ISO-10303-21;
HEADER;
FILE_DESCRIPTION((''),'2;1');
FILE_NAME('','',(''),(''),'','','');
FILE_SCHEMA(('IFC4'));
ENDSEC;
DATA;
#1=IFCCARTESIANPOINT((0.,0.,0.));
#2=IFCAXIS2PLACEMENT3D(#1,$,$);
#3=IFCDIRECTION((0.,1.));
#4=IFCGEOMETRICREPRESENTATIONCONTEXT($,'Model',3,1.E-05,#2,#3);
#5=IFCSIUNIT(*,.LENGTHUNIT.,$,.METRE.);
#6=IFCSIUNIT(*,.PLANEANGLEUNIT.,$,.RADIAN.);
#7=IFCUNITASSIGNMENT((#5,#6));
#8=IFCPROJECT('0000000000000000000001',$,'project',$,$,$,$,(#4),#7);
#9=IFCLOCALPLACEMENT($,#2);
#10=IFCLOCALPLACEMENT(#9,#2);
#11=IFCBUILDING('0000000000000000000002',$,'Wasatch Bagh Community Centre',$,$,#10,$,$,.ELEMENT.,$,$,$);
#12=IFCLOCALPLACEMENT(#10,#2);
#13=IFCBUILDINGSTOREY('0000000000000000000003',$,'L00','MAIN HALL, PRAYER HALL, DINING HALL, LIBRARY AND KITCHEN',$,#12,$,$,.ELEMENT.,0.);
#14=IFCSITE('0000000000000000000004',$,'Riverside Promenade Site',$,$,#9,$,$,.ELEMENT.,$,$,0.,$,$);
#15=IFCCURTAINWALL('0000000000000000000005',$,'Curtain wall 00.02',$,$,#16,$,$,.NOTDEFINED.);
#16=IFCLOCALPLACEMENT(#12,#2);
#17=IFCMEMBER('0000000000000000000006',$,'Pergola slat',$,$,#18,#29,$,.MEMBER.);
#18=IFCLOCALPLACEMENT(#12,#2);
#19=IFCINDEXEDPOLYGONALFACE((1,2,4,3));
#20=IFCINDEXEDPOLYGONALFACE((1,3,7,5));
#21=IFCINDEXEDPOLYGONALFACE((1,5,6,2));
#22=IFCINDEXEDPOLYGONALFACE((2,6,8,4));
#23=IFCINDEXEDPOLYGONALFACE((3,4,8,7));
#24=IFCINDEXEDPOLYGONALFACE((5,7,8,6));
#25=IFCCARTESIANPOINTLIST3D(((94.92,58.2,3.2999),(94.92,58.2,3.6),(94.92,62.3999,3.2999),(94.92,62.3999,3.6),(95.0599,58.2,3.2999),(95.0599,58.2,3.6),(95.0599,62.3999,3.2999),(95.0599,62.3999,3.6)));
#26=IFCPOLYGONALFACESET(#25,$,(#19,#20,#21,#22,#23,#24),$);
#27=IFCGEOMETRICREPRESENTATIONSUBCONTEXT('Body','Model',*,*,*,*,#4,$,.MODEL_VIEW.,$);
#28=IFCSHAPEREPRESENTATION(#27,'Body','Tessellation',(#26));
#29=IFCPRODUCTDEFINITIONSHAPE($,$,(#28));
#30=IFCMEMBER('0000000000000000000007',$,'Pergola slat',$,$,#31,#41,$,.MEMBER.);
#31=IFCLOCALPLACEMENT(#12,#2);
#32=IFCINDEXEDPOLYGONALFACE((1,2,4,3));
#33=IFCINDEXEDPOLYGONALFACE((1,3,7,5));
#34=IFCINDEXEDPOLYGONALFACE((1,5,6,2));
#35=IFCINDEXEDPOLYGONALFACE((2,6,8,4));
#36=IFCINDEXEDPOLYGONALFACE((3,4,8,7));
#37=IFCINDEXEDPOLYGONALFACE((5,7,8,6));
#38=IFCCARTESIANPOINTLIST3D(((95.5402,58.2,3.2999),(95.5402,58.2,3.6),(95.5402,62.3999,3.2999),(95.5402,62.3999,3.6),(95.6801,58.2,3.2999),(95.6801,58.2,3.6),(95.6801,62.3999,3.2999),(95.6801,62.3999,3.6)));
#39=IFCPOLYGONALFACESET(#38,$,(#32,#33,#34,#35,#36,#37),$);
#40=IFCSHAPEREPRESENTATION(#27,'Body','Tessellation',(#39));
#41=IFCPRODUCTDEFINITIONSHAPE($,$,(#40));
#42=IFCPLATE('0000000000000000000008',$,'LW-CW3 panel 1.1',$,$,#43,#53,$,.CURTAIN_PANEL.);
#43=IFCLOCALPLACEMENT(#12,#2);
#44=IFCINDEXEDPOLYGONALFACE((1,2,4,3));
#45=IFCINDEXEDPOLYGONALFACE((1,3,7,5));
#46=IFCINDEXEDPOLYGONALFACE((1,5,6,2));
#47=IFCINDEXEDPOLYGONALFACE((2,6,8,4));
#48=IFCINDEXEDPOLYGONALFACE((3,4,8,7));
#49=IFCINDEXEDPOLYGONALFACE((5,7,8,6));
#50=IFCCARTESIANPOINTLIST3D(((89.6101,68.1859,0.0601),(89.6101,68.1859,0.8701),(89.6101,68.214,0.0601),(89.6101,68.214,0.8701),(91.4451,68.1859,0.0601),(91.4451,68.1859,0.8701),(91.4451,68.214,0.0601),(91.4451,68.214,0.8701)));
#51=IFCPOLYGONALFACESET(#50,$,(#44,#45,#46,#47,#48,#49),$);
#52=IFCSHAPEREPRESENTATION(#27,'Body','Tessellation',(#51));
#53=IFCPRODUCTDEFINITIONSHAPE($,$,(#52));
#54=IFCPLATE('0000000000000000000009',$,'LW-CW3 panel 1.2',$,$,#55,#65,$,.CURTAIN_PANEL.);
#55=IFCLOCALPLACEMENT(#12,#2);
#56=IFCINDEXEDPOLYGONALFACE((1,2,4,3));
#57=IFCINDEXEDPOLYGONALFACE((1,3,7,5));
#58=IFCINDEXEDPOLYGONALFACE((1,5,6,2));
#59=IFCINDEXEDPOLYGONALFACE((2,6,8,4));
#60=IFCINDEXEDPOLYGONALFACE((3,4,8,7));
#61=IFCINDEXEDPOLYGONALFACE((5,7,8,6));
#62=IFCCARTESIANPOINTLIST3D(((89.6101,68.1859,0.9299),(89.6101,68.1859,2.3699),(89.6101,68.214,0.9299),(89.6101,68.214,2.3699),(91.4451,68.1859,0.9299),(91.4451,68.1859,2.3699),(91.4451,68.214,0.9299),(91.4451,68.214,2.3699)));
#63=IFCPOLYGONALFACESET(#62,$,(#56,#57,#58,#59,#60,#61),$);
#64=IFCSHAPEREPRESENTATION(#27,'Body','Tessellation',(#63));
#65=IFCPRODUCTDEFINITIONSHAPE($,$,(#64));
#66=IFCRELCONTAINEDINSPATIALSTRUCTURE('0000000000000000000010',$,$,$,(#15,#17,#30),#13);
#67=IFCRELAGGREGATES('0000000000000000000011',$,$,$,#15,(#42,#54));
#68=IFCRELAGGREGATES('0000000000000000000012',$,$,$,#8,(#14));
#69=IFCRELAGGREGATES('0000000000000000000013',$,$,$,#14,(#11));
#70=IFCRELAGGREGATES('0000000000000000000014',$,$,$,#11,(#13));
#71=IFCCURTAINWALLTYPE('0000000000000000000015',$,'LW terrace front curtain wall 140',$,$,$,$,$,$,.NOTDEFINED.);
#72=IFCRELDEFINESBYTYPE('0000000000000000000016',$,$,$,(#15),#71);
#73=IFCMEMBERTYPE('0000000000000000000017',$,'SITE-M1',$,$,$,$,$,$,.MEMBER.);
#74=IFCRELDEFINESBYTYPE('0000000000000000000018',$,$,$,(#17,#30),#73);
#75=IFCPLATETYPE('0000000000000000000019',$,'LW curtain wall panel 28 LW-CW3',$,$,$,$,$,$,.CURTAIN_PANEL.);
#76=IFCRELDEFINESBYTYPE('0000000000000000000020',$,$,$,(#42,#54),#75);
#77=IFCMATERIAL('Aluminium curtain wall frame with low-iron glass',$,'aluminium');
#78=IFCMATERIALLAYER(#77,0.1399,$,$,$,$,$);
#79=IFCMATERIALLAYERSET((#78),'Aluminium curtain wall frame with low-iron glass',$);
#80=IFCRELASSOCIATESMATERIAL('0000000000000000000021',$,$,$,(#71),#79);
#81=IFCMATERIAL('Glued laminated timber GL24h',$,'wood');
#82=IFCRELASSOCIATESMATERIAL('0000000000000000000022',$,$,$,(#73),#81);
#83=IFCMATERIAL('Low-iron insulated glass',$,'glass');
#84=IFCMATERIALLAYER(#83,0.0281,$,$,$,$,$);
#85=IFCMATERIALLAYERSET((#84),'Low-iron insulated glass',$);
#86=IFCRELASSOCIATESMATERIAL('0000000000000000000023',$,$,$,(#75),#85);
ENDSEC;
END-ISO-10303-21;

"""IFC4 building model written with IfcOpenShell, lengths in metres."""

from ifc_helpers import new_model, si_unit, direction, frame, origin, origin_2d, place, context, subcontext, project, spatial, rectangle, extrude, material, layer, layer_set, material_profile, profile_set, type_object, element, aggregate, save


model = new_model("IFC4")

# Units and contexts
model_context = context("Model", 3, precision=1e-05, world=origin(), true_north=direction((0.0, 1.0)))
body_context = subcontext(model_context, "Body", "Model", "MODEL_VIEW")
ifc_project = project(units=[si_unit("LENGTHUNIT", "METRE"), si_unit("PLANEANGLEUNIT", "RADIAN")], contexts=[model_context])

# Site, building, storey
site_placement = place(None, origin())
site = spatial("IfcSite", under=ifc_project, at=site_placement, Name="Riverside Promenade Site", CompositionType="ELEMENT", RefElevation=0.0)
building_placement = place(site_placement, origin())
building = spatial("IfcBuilding", under=site, at=building_placement, Name="Wasatch Bagh Community Centre", CompositionType="ELEMENT")
storey_placement = place(building_placement, origin())
storey = spatial("IfcBuildingStorey", under=building, at=storey_placement, Name="L00", Description="MAIN HALL, PRAYER HALL, DINING HALL, LIBRARY AND KITCHEN", CompositionType="ELEMENT", Elevation=0.0)

# Curtain wall
ifc_material_1 = material(Name="Aluminium curtain wall frame with low-iron glass", Category="aluminium")
ifc_layer_1 = layer(ifc_material_1, 0.1399)
ifc_layer_set_1 = layer_set([ifc_layer_1], Name="Aluminium curtain wall frame with low-iron glass")
curtain_wall_type = type_object("IfcCurtainWallType", Name="LW terrace front curtain wall 140", PredefinedType="NOTDEFINED", material=ifc_layer_set_1)
curtain_wall_placement = place(storey_placement, origin())
curtain_wall = element("IfcCurtainWall", 1, at=curtain_wall_placement, inside=storey, type_object=curtain_wall_type, Name="Curtain wall 00.02", PredefinedType="NOTDEFINED")

# Members
ifc_material_2 = material(Name="Glued laminated timber GL24h", Category="wood")
ifc_material_profile_1 = material_profile(ifc_material_2, rectangle(XDim=0.1399, YDim=0.3, at=origin_2d()), Name="GL 140x300")
ifc_profile_set_1 = profile_set([ifc_material_profile_1], Name="Glued laminated timber GL24h")
member_type_1 = type_object("IfcMemberType", Name="SITE-M1", PredefinedType="MEMBER", material=ifc_profile_set_1)
for number, where, z_axis, x_axis, name in (
    (2, (94.99, 58.2, 3.45), (0.0, 1.0, 0.0), (-1.0, 0.0, 0.0), "Pergola slat"),
    (3, (95.6101, 58.2, 3.45), (0.0, 1.0, 0.0), (-1.0, 0.0, 0.0), "Pergola slat"),
):
    element("IfcMember", number, at=place(storey_placement, frame(where, z_axis=z_axis, x_axis=x_axis)), inside=storey, type_object=member_type_1, Name=name, PredefinedType="MEMBER", context=body_context, shape_type="SweptSolid", body=[
        extrude(rectangle(XDim=0.1399, YDim=0.3, at=origin_2d()), origin(), (0.0, 0.0, 1.0), 4.2),
    ])

# Plates
ifc_material_3 = material(Name="Low-iron insulated glass", Category="glass")
ifc_layer_2 = layer(ifc_material_3, 0.0281)
ifc_layer_set_2 = layer_set([ifc_layer_2], Name="Low-iron insulated glass")
plate_type = type_object("IfcPlateType", Name="LW curtain wall panel 28 LW-CW3", PredefinedType="CURTAIN_PANEL", material=ifc_layer_set_2)
plate_1_placement = place(storey_placement, frame((90.5276, 68.2, 0.0601), z_axis=(0.0, 0.0, 1.0), x_axis=(1.0, 0.0, 0.0)))
plate_1 = element("IfcPlate", 4, at=plate_1_placement, type_object=plate_type, Name="LW-CW3 panel 1.1", PredefinedType="CURTAIN_PANEL", context=body_context, shape_type="SweptSolid", body=[
    extrude(rectangle(XDim=1.835, YDim=0.0281, at=origin_2d()), origin(), (0.0, 0.0, 1.0), 0.8101),
])
plate_2_placement = place(storey_placement, frame((90.5276, 68.2, 0.9299), z_axis=(0.0, 0.0, 1.0), x_axis=(1.0, 0.0, 0.0)))
plate_2 = element("IfcPlate", 5, at=plate_2_placement, type_object=plate_type, Name="LW-CW3 panel 1.2", PredefinedType="CURTAIN_PANEL", context=body_context, shape_type="SweptSolid", body=[
    extrude(rectangle(XDim=1.835, YDim=0.0281, at=origin_2d()), origin(), (0.0, 0.0, 1.0), 1.4399),
])
aggregate(curtain_wall, [plate_1, plate_2])

save(model, "model.ifc")
